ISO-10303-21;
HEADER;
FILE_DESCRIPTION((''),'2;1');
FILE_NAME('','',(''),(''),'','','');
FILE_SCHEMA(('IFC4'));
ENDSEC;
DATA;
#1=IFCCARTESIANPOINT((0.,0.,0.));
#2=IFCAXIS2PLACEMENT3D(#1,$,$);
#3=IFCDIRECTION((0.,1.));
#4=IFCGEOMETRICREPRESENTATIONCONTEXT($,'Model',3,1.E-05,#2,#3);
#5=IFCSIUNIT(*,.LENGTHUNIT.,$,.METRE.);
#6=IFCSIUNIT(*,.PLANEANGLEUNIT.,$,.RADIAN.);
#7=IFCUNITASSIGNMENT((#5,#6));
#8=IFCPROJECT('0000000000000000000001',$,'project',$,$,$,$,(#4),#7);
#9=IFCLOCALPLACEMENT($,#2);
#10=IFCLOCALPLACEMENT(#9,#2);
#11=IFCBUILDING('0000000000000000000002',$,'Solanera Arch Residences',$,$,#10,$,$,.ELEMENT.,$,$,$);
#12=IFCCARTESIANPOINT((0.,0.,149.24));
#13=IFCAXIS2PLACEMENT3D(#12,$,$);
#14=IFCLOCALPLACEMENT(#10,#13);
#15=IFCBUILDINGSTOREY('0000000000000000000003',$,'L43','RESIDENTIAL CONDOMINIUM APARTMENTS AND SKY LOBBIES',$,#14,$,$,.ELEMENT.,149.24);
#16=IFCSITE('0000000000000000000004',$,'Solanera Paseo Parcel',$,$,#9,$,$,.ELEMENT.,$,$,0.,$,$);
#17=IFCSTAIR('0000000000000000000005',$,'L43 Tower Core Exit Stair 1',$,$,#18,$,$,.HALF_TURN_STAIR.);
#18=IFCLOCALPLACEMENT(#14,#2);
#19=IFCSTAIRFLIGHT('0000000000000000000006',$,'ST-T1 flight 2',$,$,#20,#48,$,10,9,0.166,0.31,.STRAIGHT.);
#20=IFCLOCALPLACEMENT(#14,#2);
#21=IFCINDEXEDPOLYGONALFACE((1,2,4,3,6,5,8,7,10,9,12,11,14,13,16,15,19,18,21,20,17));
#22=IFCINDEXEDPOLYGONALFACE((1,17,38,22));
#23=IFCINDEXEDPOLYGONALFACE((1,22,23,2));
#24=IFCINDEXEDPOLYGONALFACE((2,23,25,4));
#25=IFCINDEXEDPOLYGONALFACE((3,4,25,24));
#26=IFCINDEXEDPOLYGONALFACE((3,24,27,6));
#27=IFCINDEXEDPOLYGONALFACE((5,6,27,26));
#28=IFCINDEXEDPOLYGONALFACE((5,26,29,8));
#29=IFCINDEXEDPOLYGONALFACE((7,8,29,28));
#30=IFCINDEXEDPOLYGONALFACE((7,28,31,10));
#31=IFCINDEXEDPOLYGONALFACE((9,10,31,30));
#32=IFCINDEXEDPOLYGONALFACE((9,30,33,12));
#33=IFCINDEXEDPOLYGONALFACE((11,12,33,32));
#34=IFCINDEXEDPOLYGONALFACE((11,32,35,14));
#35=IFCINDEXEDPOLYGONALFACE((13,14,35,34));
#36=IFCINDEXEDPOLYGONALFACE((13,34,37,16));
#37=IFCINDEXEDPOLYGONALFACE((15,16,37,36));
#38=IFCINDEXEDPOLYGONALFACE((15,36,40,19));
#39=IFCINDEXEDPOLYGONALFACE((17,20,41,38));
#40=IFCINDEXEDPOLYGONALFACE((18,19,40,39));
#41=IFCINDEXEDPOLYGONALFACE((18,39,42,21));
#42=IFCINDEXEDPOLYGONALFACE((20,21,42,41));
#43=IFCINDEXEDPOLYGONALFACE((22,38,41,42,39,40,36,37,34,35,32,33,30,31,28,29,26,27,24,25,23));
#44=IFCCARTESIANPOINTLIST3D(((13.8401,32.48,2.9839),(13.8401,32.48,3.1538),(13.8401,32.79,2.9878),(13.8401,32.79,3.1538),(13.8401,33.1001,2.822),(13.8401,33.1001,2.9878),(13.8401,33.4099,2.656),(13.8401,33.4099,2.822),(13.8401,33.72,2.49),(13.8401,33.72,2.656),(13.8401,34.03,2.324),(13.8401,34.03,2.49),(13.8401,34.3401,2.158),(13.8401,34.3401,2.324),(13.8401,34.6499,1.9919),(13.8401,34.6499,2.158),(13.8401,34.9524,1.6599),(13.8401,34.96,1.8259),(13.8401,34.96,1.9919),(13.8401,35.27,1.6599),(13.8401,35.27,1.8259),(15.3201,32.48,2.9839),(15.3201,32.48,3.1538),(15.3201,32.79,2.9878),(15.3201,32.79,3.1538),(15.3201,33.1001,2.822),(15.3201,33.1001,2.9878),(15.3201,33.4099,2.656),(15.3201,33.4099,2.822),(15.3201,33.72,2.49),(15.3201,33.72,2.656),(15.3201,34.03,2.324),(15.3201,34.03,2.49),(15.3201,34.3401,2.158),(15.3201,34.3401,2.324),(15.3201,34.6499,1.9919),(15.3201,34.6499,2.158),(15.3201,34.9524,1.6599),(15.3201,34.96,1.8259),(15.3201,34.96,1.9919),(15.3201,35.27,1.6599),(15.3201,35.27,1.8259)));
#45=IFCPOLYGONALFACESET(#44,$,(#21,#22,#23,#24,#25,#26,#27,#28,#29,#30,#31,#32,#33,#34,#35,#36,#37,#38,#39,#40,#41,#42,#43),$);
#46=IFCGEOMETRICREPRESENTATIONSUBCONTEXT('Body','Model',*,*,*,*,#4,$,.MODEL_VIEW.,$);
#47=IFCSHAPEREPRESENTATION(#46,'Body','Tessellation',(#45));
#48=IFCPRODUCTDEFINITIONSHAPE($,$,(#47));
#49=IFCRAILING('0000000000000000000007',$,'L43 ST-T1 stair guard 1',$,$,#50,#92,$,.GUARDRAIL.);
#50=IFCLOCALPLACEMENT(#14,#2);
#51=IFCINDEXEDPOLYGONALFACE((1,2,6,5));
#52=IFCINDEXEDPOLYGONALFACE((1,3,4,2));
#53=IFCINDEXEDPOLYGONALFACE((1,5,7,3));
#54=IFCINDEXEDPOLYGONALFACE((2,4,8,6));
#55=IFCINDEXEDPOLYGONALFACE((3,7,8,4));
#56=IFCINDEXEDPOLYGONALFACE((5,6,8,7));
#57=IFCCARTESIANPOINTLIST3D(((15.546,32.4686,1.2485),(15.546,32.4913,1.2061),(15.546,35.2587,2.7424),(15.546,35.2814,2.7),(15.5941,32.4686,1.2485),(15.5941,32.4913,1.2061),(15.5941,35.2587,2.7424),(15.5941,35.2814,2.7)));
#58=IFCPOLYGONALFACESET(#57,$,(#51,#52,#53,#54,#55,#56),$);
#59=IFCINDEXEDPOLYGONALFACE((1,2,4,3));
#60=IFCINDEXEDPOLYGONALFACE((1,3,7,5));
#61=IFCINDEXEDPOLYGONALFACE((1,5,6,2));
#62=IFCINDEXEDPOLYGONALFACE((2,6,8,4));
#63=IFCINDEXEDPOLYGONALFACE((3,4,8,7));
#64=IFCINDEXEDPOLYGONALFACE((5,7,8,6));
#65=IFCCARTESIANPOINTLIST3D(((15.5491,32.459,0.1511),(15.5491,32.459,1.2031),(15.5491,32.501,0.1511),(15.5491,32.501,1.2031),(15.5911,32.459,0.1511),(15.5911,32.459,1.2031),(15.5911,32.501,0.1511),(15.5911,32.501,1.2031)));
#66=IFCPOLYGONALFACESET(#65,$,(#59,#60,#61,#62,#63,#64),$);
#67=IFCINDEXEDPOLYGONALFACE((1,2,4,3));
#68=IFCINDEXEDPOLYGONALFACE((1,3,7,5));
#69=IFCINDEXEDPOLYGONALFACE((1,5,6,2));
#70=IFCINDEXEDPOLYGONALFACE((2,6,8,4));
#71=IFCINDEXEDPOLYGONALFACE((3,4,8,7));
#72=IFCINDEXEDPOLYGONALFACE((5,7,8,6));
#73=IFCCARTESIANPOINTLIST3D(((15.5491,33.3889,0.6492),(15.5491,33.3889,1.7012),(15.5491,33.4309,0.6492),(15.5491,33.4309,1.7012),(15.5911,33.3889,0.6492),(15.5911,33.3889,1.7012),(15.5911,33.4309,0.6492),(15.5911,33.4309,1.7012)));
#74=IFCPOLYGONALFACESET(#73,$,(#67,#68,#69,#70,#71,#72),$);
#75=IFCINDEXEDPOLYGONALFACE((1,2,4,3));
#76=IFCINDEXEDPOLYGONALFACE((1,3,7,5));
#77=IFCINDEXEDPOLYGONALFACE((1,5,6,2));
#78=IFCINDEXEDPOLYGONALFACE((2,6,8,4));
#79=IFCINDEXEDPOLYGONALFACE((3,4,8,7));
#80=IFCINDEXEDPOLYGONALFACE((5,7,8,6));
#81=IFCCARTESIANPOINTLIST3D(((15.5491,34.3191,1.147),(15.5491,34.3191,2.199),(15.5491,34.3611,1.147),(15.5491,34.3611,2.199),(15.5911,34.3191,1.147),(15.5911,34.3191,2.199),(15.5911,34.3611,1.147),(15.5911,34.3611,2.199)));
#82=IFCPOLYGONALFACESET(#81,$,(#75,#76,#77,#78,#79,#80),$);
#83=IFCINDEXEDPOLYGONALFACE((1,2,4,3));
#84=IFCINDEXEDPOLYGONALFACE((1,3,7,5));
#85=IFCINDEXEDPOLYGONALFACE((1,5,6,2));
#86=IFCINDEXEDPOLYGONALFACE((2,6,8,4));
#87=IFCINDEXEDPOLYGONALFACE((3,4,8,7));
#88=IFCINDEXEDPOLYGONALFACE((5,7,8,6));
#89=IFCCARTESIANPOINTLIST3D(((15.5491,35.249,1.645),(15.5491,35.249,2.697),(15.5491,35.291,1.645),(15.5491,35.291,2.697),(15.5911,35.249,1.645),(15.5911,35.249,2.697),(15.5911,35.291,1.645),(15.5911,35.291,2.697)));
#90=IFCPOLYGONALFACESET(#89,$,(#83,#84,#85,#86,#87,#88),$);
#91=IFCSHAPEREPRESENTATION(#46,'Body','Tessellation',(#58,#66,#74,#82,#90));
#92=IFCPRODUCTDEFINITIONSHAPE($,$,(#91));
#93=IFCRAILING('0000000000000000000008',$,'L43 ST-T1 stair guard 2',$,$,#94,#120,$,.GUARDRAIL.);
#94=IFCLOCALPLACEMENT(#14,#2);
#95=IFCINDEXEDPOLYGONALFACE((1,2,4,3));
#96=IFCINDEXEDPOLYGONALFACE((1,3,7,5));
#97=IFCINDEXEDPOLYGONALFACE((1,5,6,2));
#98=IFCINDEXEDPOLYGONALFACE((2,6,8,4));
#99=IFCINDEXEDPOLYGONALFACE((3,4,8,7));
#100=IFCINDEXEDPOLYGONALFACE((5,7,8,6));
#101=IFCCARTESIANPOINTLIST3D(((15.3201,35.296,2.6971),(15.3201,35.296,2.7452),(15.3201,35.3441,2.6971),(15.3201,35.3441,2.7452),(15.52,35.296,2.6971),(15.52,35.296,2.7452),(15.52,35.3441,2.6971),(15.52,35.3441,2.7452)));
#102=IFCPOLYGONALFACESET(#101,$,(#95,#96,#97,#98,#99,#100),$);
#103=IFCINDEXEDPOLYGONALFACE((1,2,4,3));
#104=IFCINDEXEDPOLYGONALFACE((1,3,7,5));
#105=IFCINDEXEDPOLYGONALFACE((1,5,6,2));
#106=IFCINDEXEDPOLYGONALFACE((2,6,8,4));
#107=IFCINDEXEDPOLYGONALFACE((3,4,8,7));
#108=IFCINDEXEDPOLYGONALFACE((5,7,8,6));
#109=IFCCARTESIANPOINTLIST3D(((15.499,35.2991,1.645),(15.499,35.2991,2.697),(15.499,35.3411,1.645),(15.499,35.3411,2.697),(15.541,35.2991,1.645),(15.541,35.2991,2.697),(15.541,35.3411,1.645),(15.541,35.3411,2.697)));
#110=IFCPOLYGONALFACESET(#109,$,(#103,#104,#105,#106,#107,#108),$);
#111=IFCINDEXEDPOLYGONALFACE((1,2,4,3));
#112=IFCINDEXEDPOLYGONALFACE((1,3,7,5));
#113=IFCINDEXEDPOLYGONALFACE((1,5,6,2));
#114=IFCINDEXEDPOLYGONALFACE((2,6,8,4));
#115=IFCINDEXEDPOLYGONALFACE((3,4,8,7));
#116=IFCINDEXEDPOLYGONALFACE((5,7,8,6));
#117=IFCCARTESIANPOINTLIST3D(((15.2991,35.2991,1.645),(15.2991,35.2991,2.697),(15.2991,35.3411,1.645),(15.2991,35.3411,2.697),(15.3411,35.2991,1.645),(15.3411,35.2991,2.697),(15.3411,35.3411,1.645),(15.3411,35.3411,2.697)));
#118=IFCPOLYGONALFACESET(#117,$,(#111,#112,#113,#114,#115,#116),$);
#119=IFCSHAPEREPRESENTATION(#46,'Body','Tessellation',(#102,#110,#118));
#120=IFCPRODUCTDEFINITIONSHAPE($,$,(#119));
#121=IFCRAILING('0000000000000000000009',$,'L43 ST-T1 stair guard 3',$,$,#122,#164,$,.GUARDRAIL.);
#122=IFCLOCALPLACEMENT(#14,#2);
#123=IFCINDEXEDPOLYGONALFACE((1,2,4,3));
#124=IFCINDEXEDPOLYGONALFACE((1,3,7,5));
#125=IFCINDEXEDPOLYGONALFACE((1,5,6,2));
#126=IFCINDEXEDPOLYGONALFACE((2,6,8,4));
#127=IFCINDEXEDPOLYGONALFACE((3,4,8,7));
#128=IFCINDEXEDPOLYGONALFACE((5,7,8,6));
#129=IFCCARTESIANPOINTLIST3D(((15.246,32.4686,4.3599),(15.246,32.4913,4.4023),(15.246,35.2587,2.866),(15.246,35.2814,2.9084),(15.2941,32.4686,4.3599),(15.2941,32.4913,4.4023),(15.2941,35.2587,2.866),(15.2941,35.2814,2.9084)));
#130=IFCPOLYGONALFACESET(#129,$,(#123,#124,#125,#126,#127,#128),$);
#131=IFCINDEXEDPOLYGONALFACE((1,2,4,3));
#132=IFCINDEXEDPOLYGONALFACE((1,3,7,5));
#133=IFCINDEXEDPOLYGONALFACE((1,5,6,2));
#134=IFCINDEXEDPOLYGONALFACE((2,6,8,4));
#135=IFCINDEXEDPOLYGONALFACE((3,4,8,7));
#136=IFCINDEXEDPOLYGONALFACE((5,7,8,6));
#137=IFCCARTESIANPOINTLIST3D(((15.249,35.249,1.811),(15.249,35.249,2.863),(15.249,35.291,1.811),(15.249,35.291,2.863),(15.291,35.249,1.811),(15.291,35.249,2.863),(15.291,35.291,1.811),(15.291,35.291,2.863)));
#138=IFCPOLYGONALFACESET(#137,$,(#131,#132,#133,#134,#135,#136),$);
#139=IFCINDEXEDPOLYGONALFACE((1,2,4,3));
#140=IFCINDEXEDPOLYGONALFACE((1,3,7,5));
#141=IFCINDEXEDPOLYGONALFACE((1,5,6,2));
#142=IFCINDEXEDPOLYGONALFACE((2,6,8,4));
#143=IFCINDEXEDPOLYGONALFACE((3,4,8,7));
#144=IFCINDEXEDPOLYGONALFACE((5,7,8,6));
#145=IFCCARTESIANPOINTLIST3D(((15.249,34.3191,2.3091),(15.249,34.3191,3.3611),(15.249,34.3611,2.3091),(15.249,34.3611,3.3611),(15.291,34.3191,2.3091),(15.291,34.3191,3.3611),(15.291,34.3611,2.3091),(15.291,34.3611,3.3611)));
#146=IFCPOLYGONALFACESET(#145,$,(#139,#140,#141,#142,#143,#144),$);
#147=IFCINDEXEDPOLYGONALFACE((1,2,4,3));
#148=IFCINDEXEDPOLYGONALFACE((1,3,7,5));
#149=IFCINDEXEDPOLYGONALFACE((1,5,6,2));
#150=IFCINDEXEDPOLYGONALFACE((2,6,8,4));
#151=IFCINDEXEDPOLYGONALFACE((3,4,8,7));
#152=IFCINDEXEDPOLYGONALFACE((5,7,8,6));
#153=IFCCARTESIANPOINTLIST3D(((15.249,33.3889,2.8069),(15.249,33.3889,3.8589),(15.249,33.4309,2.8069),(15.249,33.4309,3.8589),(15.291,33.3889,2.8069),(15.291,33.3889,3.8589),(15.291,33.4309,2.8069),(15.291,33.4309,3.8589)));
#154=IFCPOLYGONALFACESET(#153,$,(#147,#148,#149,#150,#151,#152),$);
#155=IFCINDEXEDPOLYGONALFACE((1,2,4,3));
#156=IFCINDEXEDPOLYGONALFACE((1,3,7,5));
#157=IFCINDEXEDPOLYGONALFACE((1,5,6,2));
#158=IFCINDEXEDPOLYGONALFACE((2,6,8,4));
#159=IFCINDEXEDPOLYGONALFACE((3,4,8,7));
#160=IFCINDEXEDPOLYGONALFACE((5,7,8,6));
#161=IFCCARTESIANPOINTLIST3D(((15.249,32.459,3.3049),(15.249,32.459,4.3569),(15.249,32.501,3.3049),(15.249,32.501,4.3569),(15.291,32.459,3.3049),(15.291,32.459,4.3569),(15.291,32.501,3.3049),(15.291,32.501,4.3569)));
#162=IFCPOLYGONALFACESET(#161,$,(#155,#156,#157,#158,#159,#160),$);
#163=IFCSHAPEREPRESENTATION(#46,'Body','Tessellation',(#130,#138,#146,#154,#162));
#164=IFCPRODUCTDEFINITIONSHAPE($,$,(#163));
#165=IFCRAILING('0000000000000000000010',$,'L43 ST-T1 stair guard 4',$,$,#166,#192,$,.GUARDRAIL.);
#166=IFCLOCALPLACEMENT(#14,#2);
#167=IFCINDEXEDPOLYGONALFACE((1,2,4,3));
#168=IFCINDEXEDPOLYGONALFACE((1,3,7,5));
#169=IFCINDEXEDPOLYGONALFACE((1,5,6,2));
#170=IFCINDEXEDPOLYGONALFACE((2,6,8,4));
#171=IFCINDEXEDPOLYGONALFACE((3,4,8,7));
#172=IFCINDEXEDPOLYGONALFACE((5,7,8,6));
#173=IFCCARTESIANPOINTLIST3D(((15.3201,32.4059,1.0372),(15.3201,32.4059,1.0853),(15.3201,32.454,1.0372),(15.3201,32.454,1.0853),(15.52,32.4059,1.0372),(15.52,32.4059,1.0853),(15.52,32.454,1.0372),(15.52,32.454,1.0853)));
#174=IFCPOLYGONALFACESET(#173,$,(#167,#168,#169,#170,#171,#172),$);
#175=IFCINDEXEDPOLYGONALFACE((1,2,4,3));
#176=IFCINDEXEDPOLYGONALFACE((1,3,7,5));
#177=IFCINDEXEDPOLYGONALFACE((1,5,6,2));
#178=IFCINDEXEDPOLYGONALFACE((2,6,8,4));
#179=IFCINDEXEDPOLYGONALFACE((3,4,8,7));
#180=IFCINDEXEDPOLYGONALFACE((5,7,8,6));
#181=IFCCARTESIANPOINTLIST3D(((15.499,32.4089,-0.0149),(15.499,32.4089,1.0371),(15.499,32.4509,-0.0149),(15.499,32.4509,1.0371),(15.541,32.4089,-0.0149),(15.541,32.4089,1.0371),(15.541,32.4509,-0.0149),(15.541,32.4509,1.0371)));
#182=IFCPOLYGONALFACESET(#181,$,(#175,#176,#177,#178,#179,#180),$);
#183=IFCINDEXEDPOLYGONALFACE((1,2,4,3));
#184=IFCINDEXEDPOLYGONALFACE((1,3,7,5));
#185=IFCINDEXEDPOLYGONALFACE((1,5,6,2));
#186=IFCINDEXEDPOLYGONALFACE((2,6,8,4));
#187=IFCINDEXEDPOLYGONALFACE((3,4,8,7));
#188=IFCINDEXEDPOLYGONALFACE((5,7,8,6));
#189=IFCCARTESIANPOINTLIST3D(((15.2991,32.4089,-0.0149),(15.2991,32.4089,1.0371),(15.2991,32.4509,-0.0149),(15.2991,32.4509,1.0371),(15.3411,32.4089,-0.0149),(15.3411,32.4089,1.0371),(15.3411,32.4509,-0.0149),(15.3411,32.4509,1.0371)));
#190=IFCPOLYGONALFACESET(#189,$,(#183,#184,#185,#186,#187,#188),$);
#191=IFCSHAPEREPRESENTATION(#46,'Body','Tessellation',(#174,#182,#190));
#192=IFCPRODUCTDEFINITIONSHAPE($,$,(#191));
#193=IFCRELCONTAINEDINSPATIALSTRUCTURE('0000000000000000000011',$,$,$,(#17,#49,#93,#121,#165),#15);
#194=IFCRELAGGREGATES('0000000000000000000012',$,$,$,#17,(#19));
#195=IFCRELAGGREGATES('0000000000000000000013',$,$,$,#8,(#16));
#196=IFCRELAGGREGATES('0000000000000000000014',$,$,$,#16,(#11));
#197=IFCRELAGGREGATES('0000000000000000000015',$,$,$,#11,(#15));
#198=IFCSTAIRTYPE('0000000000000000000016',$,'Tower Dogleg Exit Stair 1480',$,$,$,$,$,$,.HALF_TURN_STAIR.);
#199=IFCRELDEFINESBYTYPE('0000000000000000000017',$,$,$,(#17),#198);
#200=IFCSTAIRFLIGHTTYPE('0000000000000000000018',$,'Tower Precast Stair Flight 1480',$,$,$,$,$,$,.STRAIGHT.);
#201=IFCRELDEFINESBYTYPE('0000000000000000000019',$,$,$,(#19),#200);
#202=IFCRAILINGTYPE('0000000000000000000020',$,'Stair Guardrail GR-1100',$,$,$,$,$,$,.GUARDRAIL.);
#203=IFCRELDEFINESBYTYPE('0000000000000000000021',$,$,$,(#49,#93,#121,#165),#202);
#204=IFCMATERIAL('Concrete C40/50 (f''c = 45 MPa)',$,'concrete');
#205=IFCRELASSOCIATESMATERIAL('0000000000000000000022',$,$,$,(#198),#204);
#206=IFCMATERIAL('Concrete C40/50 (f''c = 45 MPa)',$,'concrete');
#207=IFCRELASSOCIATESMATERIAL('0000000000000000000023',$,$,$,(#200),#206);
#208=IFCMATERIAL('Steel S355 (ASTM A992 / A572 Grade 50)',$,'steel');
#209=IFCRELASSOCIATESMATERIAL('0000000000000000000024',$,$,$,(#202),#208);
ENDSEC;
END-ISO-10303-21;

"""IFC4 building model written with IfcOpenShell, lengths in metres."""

from ifc_helpers import new_model, si_unit, direction, frame, origin, origin_2d, place, context, subcontext, project, spatial, polyline, rectangle, outline, extrude, material, type_object, element, aggregate, save


model = new_model("IFC4")

# Units and contexts
model_context = context("Model", 3, precision=1e-05, world=origin(), true_north=direction((0.0, 1.0)))
body_context = subcontext(model_context, "Body", "Model", "MODEL_VIEW")
ifc_project = project(units=[si_unit("LENGTHUNIT", "METRE"), si_unit("PLANEANGLEUNIT", "RADIAN")], contexts=[model_context])

# Site, building, storey
site_placement = place(None, origin())
site = spatial("IfcSite", under=ifc_project, at=site_placement, Name="Solanera Paseo Parcel", CompositionType="ELEMENT", RefElevation=0.0)
building_placement = place(site_placement, origin())
building = spatial("IfcBuilding", under=site, at=building_placement, Name="Solanera Arch Residences", CompositionType="ELEMENT")
storey_placement = place(building_placement, frame((0.0, 0.0, 149.24)))
storey = spatial("IfcBuildingStorey", under=building, at=storey_placement, Name="L43", Description="RESIDENTIAL CONDOMINIUM APARTMENTS AND SKY LOBBIES", CompositionType="ELEMENT", Elevation=149.24)

# Stair, stair flight
ifc_material_1 = material(Name="Concrete C40/50 (f'c = 45 MPa)", Category="concrete")
stair_type = type_object("IfcStairType", Name="Tower Dogleg Exit Stair 1480", PredefinedType="HALF_TURN_STAIR", material=ifc_material_1)
stair_placement = place(storey_placement, origin())
stair = element("IfcStair", 1, at=stair_placement, inside=storey, type_object=stair_type, Name="L43 Tower Core Exit Stair 1", PredefinedType="HALF_TURN_STAIR")
ifc_material_2 = material(Name="Concrete C40/50 (f'c = 45 MPa)", Category="concrete")
stair_flight_type = type_object("IfcStairFlightType", Name="Tower Precast Stair Flight 1480", PredefinedType="STRAIGHT", material=ifc_material_2)
stair_flight_1_placement = place(storey_placement, frame((14.5801, 35.27, 1.6599), z_axis=(0.0, 0.0, 1.0), x_axis=(0.0, -1.0, 0.0)))
stair_flight_1 = element("IfcStairFlight", 2, at=stair_flight_1_placement, type_object=stair_flight_type, Name="ST-T1 flight 2", NumberOfRisers=10, NumberOfTreads=9, PredefinedType="STRAIGHT", RiserHeight=0.166, TreadLength=0.31, context=body_context, shape_type="SweptSolid", body=[
    extrude(outline(polyline([(0.0, 0.0), (0.0, 0.166), (0.3101, 0.166), (0.3101, 0.332), (0.6201, 0.332), (0.6201, 0.498), (0.9299, 0.498), (0.9299, 0.6641), (1.24, 0.6641), (1.24, 0.8301), (1.55, 0.8301), (1.55, 0.9961), (1.8601, 0.9961), (1.8601, 1.1621), (2.1699, 1.1621), (2.1699, 1.3279), (2.48, 1.3279), (2.48, 1.4939), (2.79, 1.4939), (2.79, 1.6599), (2.79, 1.324), (0.3176, 0.0), (0.0, 0.0)])), frame((0.0, 0.74, 0.0), z_axis=(0.0, -1.0, 0.0), x_axis=(1.0, 0.0, 0.0)), (0.0, 0.0, 1.0), 1.48),
])
aggregate(stair, [stair_flight_1])

# Railings
ifc_material_3 = material(Name="Steel S355 (ASTM A992 / A572 Grade 50)", Category="steel")
railing_type_1 = type_object("IfcRailingType", Name="Stair Guardrail GR-1100", PredefinedType="GUARDRAIL", material=ifc_material_3)
railing_1_placement = place(storey_placement, frame((15.5701, 32.48, 0.1511)))
element("IfcRailing", 3, at=railing_1_placement, inside=storey, type_object=railing_type_1, Name="L43 ST-T1 stair guard 1", PredefinedType="GUARDRAIL", context=body_context, shape_type="SweptSolid", body=[
    extrude(rectangle(XDim=0.0481, YDim=0.0481, at=origin_2d()), frame((0.0, 0.0, 1.0762), z_axis=(0.0, 0.881581, 0.472033), x_axis=(-1.0, 0.0, 0.0)), (0.0, 0.0, 1.0), 3.1648),
    extrude(rectangle(XDim=0.042, YDim=0.042, at=origin_2d()), origin(), (0.0, 0.0, 1.0), 1.052),
    extrude(rectangle(XDim=0.042, YDim=0.042, at=origin_2d()), frame((0.0, 0.9299, 0.498)), (0.0, 0.0, 1.0), 1.052),
    extrude(rectangle(XDim=0.042, YDim=0.042, at=origin_2d()), frame((0.0, 1.8601, 0.9958)), (0.0, 0.0, 1.0), 1.052),
    extrude(rectangle(XDim=0.042, YDim=0.042, at=origin_2d()), frame((0.0, 2.79, 1.4939)), (0.0, 0.0, 1.0), 1.052),
])
railing_2_placement = place(storey_placement, frame((15.52, 35.3201, 1.645)))
element("IfcRailing", 4, at=railing_2_placement, inside=storey, type_object=railing_type_1, Name="L43 ST-T1 stair guard 2", PredefinedType="GUARDRAIL", context=body_context, shape_type="SweptSolid", body=[
    extrude(rectangle(XDim=0.0481, YDim=0.0481, at=origin_2d()), frame((0.0, 0.0, 1.0762), z_axis=(-1.0, 0.0, 0.0), x_axis=(0.0, -1.0, 0.0)), (0.0, 0.0, 1.0), 0.2),
    extrude(rectangle(XDim=0.042, YDim=0.042, at=origin_2d()), origin(), (0.0, 0.0, 1.0), 1.052),
    extrude(rectangle(XDim=0.042, YDim=0.042, at=origin_2d()), frame((-0.2, 0.0, 0.0)), (0.0, 0.0, 1.0), 1.052),
])
railing_3_placement = place(storey_placement, frame((15.27, 35.27, 1.811)))
element("IfcRailing", 5, at=railing_3_placement, inside=storey, type_object=railing_type_1, Name="L43 ST-T1 stair guard 3", PredefinedType="GUARDRAIL", context=body_context, shape_type="SweptSolid", body=[
    extrude(rectangle(XDim=0.0481, YDim=0.0481, at=origin_2d()), frame((0.0, 0.0, 1.0762), z_axis=(0.0, -0.881581, 0.472033), x_axis=(1.0, 0.0, 0.0)), (0.0, 0.0, 1.0), 3.1648),
    extrude(rectangle(XDim=0.042, YDim=0.042, at=origin_2d()), origin(), (0.0, 0.0, 1.0), 1.052),
    extrude(rectangle(XDim=0.042, YDim=0.042, at=origin_2d()), frame((0.0, -0.9299, 0.498)), (0.0, 0.0, 1.0), 1.052),
    extrude(rectangle(XDim=0.042, YDim=0.042, at=origin_2d()), frame((0.0, -1.8601, 0.9958)), (0.0, 0.0, 1.0), 1.052),
    extrude(rectangle(XDim=0.042, YDim=0.042, at=origin_2d()), frame((0.0, -2.79, 1.4939)), (0.0, 0.0, 1.0), 1.052),
])
railing_4_placement = place(storey_placement, frame((15.52, 32.4299, -0.0149)))
element("IfcRailing", 6, at=railing_4_placement, inside=storey, type_object=railing_type_1, Name="L43 ST-T1 stair guard 4", PredefinedType="GUARDRAIL", context=body_context, shape_type="SweptSolid", body=[
    extrude(rectangle(XDim=0.0481, YDim=0.0481, at=origin_2d()), frame((0.0, 0.0, 1.0762), z_axis=(-1.0, 0.0, 0.0), x_axis=(0.0, -1.0, 0.0)), (0.0, 0.0, 1.0), 0.2),
    extrude(rectangle(XDim=0.042, YDim=0.042, at=origin_2d()), origin(), (0.0, 0.0, 1.0), 1.052),
    extrude(rectangle(XDim=0.042, YDim=0.042, at=origin_2d()), frame((-0.2, 0.0, 0.0)), (0.0, 0.0, 1.0), 1.052),
])

save(model, "model.ifc")
